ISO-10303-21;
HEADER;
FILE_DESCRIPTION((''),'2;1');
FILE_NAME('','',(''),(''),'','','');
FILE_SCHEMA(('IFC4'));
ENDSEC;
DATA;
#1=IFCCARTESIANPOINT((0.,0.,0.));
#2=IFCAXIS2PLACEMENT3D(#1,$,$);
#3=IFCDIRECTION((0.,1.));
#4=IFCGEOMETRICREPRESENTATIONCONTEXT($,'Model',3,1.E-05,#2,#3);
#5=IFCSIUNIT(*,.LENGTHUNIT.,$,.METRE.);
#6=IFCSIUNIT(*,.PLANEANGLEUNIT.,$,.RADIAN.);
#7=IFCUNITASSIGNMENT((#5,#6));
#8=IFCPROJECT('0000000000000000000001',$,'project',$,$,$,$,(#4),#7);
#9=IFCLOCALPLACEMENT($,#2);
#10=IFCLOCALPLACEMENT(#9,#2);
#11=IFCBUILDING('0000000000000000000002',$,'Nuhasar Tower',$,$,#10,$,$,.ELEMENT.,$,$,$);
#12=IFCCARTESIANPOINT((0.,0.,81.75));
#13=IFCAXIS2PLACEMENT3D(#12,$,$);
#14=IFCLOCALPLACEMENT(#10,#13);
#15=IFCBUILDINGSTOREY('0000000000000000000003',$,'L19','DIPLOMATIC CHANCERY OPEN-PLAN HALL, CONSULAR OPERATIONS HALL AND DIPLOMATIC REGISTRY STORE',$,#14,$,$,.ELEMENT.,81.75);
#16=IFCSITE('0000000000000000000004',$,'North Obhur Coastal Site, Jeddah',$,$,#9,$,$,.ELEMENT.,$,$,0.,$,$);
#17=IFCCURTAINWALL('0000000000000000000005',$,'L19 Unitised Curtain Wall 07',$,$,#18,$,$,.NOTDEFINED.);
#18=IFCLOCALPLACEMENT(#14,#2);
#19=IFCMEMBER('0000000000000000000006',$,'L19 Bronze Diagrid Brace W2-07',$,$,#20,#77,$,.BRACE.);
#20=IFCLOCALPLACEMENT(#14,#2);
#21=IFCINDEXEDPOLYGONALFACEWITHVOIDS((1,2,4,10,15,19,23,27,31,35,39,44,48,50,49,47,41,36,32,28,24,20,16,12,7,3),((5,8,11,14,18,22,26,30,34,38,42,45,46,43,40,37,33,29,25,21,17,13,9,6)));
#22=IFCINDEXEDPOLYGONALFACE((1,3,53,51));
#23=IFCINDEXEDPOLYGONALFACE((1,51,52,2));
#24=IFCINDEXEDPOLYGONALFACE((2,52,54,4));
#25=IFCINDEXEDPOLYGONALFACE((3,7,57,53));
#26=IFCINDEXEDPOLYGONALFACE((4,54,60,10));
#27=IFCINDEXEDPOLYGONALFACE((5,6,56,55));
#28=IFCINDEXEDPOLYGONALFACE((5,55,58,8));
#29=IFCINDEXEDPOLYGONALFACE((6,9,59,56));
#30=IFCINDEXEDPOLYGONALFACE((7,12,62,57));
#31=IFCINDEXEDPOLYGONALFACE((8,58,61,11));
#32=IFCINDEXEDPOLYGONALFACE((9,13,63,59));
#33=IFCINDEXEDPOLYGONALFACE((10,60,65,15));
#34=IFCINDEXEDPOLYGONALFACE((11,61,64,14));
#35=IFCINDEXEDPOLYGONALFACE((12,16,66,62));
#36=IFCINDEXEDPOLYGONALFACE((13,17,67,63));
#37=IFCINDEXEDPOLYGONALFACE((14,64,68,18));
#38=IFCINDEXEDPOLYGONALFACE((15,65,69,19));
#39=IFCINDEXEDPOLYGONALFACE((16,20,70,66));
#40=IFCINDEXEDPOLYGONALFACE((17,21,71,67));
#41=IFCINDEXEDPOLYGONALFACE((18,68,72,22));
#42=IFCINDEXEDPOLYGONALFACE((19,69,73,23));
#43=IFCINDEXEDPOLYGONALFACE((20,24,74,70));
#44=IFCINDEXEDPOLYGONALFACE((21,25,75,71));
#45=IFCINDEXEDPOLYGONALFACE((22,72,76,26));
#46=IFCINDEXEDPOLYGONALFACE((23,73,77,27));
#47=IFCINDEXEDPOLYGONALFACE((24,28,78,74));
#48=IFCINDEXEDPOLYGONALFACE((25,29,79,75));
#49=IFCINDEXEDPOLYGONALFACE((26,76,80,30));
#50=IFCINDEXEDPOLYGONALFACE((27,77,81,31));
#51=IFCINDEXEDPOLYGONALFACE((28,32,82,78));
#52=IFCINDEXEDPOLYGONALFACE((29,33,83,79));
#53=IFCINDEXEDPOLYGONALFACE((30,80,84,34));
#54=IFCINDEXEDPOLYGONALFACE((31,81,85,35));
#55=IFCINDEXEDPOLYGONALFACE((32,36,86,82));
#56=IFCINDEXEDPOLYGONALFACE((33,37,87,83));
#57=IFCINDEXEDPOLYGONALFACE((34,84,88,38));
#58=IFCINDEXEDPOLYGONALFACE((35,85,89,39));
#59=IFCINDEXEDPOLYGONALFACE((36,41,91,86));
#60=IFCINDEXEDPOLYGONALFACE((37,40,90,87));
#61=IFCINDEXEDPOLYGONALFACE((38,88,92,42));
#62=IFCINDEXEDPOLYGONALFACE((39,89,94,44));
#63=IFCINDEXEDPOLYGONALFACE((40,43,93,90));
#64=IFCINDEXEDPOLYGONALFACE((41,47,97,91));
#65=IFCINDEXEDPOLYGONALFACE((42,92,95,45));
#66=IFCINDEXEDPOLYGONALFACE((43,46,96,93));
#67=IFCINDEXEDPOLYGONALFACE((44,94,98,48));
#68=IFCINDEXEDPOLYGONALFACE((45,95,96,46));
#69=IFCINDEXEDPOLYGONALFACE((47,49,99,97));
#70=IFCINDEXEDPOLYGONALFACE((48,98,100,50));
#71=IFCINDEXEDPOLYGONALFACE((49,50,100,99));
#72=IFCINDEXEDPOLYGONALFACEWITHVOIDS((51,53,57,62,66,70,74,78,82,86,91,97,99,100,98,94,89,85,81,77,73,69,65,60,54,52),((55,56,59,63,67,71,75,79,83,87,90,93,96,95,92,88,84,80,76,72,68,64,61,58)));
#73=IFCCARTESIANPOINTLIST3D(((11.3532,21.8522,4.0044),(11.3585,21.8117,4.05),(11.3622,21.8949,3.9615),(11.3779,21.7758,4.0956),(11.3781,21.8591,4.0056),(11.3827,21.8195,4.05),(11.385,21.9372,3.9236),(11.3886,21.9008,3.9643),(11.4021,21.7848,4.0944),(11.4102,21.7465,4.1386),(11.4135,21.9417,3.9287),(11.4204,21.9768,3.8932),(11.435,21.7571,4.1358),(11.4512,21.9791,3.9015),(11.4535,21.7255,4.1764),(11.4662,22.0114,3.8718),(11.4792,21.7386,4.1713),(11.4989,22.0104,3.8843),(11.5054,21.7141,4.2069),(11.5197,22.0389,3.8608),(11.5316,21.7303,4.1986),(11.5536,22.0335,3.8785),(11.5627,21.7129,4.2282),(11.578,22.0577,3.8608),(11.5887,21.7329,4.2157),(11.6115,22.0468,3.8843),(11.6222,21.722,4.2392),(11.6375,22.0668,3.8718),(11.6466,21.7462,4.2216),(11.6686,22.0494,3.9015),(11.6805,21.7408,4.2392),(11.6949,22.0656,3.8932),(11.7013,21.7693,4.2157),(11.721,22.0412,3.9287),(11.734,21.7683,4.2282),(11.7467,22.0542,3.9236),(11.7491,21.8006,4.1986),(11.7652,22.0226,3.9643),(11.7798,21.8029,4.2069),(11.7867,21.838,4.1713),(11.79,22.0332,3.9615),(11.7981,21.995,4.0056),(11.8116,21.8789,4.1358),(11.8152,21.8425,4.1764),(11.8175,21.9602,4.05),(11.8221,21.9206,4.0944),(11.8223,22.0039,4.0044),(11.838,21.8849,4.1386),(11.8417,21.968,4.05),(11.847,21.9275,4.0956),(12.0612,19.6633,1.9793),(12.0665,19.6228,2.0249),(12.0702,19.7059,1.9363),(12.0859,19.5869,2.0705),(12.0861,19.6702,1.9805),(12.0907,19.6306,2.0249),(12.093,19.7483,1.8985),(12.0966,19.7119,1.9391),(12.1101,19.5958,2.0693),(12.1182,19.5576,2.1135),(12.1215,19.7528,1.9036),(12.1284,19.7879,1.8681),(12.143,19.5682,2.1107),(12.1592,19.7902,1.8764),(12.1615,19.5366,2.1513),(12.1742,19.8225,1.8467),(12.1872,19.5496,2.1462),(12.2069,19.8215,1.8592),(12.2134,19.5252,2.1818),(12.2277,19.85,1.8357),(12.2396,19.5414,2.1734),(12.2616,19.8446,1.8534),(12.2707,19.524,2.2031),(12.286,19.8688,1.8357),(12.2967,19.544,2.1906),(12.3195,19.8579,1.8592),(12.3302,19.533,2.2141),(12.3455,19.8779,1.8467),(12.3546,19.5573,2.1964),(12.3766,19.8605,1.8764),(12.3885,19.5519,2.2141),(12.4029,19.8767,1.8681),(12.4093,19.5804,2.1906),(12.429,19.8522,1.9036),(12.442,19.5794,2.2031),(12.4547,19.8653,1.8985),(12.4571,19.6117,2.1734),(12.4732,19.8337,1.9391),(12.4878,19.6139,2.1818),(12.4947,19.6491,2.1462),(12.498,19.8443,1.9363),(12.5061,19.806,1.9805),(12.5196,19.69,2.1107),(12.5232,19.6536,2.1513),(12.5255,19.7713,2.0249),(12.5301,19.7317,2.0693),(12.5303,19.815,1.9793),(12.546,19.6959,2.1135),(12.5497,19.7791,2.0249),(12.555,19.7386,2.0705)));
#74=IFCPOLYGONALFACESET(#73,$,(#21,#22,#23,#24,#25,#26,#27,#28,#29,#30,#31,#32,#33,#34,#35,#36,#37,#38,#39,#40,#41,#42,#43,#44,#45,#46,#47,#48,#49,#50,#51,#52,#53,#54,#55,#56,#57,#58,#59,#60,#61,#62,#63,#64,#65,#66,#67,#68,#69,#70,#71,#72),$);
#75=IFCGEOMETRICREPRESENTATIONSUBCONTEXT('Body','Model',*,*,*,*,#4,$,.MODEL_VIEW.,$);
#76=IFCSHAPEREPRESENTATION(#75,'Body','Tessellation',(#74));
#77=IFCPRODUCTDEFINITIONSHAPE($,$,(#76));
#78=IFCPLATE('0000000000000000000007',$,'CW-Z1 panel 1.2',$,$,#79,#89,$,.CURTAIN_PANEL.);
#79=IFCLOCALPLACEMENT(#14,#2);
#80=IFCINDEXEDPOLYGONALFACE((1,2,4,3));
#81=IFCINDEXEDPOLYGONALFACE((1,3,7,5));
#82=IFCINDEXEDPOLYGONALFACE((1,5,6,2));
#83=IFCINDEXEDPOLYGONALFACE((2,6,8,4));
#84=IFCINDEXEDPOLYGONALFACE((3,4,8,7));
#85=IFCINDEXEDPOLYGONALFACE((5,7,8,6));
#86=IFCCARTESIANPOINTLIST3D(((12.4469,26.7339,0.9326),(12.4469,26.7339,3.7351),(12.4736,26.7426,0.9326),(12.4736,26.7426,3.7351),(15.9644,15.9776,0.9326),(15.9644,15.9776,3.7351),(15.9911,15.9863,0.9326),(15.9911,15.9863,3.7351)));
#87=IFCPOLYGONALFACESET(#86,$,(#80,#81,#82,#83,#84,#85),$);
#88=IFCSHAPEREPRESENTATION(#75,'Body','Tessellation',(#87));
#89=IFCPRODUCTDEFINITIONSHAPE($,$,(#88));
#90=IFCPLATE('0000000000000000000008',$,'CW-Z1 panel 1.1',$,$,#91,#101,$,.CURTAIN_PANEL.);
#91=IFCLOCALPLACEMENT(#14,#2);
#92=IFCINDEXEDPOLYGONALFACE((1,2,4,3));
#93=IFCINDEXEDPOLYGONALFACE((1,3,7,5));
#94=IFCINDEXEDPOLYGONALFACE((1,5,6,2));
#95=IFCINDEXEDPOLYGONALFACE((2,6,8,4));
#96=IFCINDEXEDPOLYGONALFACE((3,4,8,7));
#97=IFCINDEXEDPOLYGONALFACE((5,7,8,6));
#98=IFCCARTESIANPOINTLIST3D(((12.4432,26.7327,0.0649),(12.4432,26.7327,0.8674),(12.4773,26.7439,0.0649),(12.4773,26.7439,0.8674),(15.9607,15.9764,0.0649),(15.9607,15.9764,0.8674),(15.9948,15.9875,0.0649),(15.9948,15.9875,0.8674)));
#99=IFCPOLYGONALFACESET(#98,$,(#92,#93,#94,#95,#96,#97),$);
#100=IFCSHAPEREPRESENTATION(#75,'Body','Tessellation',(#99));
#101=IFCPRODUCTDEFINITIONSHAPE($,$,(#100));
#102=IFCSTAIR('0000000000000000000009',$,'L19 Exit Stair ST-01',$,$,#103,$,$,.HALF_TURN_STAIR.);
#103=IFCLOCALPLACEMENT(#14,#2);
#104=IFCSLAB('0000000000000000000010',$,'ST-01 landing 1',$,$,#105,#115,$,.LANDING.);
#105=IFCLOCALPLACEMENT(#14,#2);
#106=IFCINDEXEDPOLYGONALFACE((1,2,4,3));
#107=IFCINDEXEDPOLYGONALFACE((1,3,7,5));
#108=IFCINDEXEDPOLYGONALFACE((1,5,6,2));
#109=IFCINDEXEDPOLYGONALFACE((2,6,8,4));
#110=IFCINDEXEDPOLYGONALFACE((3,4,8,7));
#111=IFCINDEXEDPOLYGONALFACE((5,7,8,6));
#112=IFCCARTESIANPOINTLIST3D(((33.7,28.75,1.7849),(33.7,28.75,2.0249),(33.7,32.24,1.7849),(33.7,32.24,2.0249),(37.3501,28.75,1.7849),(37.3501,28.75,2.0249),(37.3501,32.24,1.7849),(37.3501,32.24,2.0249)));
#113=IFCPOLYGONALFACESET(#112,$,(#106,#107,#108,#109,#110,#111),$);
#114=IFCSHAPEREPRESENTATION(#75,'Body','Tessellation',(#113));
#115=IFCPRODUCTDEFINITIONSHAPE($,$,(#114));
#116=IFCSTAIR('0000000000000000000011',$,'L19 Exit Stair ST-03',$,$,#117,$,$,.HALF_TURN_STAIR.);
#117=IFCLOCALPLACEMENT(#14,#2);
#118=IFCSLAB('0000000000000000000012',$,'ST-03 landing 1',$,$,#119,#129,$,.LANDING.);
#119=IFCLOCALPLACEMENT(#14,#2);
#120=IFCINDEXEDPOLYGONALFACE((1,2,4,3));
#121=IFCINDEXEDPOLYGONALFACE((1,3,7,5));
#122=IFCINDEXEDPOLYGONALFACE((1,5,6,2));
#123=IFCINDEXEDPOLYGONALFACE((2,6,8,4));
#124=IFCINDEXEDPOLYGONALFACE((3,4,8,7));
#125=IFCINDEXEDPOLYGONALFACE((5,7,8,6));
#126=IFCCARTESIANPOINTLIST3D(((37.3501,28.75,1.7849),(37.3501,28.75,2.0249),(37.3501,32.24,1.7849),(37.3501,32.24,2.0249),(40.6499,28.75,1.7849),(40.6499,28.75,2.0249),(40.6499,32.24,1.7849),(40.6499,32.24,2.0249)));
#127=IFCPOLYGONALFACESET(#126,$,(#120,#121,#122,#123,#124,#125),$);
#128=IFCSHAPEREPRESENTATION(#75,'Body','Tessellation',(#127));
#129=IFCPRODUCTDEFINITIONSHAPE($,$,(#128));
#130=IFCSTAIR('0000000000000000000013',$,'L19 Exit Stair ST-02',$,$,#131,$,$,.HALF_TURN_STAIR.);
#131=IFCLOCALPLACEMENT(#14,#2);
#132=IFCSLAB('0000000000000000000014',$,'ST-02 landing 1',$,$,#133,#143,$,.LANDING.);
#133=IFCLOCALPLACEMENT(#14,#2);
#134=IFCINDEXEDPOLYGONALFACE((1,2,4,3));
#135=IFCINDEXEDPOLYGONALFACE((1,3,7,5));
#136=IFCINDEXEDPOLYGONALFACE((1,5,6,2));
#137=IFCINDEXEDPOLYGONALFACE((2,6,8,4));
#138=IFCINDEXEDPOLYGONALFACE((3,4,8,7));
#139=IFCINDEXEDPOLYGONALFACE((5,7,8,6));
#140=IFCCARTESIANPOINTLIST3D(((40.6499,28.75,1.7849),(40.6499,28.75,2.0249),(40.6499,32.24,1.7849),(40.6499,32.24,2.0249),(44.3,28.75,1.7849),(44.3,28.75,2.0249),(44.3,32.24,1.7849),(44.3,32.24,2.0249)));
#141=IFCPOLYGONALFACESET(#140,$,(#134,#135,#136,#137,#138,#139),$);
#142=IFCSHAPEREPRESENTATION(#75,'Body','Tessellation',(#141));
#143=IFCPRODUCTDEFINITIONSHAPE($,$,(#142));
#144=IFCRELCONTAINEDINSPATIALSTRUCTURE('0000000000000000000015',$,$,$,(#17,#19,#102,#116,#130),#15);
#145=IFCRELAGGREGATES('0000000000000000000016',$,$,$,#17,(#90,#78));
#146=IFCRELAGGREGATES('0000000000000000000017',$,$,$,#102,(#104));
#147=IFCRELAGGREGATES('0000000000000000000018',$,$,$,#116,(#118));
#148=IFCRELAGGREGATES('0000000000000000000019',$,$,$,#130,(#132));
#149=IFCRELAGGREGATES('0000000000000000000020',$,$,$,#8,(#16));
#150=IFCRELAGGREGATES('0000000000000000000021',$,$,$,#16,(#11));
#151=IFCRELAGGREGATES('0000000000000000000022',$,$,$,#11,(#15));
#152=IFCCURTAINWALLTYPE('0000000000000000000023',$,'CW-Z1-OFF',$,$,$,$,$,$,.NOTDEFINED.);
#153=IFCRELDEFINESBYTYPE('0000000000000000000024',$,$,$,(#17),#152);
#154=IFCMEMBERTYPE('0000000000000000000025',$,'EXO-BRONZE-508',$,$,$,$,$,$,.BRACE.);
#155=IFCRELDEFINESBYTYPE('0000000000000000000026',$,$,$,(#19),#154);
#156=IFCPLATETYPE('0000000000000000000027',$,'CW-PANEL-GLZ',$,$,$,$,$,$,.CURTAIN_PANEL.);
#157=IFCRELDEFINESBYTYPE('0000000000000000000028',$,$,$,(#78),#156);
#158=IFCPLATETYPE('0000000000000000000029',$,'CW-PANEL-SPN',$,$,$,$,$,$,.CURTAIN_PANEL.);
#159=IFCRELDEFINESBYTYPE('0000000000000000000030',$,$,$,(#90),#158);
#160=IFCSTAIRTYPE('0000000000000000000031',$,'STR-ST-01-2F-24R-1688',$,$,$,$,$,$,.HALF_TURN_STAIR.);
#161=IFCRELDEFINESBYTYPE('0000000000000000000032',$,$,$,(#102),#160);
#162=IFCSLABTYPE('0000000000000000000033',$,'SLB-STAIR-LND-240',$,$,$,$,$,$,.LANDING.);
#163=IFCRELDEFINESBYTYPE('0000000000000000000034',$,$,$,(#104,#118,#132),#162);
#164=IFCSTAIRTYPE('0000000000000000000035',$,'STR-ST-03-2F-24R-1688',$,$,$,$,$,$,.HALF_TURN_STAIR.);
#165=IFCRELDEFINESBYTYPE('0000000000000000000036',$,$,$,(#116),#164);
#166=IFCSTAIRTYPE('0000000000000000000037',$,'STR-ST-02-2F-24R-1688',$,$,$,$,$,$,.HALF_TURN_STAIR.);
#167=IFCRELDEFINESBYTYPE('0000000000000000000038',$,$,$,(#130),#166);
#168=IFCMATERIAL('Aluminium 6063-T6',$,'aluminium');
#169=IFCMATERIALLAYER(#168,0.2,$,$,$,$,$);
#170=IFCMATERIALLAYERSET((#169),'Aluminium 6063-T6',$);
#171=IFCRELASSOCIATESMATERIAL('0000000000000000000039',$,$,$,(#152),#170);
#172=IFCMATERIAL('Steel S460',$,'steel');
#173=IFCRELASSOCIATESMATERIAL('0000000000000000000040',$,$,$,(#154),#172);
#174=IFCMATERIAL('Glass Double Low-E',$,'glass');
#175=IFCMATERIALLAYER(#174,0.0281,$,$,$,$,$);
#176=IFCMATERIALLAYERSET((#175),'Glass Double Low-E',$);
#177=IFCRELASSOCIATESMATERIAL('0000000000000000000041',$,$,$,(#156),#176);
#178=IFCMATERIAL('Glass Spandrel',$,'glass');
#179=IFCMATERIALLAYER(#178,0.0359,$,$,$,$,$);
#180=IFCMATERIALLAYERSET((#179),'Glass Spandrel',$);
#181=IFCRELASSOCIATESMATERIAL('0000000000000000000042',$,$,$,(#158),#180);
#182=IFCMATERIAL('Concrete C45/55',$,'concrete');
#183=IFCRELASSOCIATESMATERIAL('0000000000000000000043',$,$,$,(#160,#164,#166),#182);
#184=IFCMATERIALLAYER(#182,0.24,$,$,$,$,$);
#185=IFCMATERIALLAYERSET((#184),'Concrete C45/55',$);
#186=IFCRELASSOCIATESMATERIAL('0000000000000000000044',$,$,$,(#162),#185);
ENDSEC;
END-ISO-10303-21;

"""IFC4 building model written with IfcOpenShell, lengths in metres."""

from ifc_helpers import new_model, si_unit, direction, frame, origin, origin_2d, place, context, subcontext, project, spatial, polyline, rectangle, hollow_circle, outline, extrude, material, layer, layer_set, material_profile, profile_set, type_object, element, aggregate, save


model = new_model("IFC4")

# Units and contexts
model_context = context("Model", 3, precision=1e-05, world=origin(), true_north=direction((0.0, 1.0)))
body_context = subcontext(model_context, "Body", "Model", "MODEL_VIEW")
ifc_project = project(units=[si_unit("LENGTHUNIT", "METRE"), si_unit("PLANEANGLEUNIT", "RADIAN")], contexts=[model_context])

# Site, building, storey
site_placement = place(None, origin())
site = spatial("IfcSite", under=ifc_project, at=site_placement, Name="North Obhur Coastal Site, Jeddah", CompositionType="ELEMENT", RefElevation=0.0)
building_placement = place(site_placement, origin())
building = spatial("IfcBuilding", under=site, at=building_placement, Name="Nuhasar Tower", CompositionType="ELEMENT")
storey_placement = place(building_placement, frame((0.0, 0.0, 81.75)))
storey = spatial("IfcBuildingStorey", under=building, at=storey_placement, Name="L19", Description="DIPLOMATIC CHANCERY OPEN-PLAN HALL, CONSULAR OPERATIONS HALL AND DIPLOMATIC REGISTRY STORE", CompositionType="ELEMENT", Elevation=81.75)

# Curtain wall
ifc_material_1 = material(Name="Aluminium 6063-T6", Category="aluminium")
ifc_layer_1 = layer(ifc_material_1, 0.2)
ifc_layer_set_1 = layer_set([ifc_layer_1], Name="Aluminium 6063-T6")
curtain_wall_type = type_object("IfcCurtainWallType", Name="CW-Z1-OFF", PredefinedType="NOTDEFINED", material=ifc_layer_set_1)
curtain_wall_1_placement = place(storey_placement, origin())
curtain_wall_1 = element("IfcCurtainWall", 1, at=curtain_wall_1_placement, inside=storey, type_object=curtain_wall_type, Name="L19 Unitised Curtain Wall 07", PredefinedType="NOTDEFINED")

# Member
ifc_material_2 = material(Name="Steel S460", Category="steel")
ifc_material_profile_1 = material_profile(ifc_material_2, hollow_circle(Radius=0.2539, WallThickness=0.0254, at=origin_2d()), Name="HSS508X25.4")
ifc_profile_set_1 = profile_set([ifc_material_profile_1], Name="Steel S460")
member_type_1 = type_object("IfcMemberType", Name="EXO-BRONZE-508", PredefinedType="BRACE", material=ifc_profile_set_1)
member_1_placement = place(storey_placement, frame((12.3081, 19.7009, 2.0249), z_axis=(-0.231, 0.714187, 0.660739), x_axis=(-0.951468, -0.307747, 0.0)))
element("IfcMember", 2, at=member_1_placement, inside=storey, type_object=member_type_1, Name="L19 Bronze Diagrid Brace W2-07", PredefinedType="BRACE", context=body_context, shape_type="SweptSolid", body=[
    extrude(hollow_circle(Radius=0.2539, WallThickness=0.0254, at=origin_2d()), origin(), (0.0, 0.0, 1.0), 3.0649),
])

# Plates
ifc_material_3 = material(Name="Glass Double Low-E", Category="glass")
ifc_layer_2 = layer(ifc_material_3, 0.0281)
ifc_layer_set_2 = layer_set([ifc_layer_2], Name="Glass Double Low-E")
plate_type_1 = type_object("IfcPlateType", Name="CW-PANEL-GLZ", PredefinedType="CURTAIN_PANEL", material=ifc_layer_set_2)
plate_1_placement = place(storey_placement, frame((14.219, 21.3601, 0.9326), z_axis=(0.0, 0.0, 1.0), x_axis=(0.310824, -0.950468, 0.0)))
plate_1 = element("IfcPlate", 3, at=plate_1_placement, type_object=plate_type_1, Name="CW-Z1 panel 1.2", PredefinedType="CURTAIN_PANEL", context=body_context, shape_type="SweptSolid", body=[
    extrude(rectangle(XDim=11.3169, YDim=0.0281, at=origin_2d()), origin(), (0.0, 0.0, 1.0), 2.8025),
])
ifc_material_4 = material(Name="Glass Spandrel", Category="glass")
ifc_layer_3 = layer(ifc_material_4, 0.0359)
ifc_layer_set_3 = layer_set([ifc_layer_3], Name="Glass Spandrel")
plate_type_2 = type_object("IfcPlateType", Name="CW-PANEL-SPN", PredefinedType="CURTAIN_PANEL", material=ifc_layer_set_3)
plate_2_placement = place(storey_placement, frame((14.219, 21.3601, 0.0649), z_axis=(0.0, 0.0, 1.0), x_axis=(0.310824, -0.950468, 0.0)))
plate_2 = element("IfcPlate", 4, at=plate_2_placement, type_object=plate_type_2, Name="CW-Z1 panel 1.1", PredefinedType="CURTAIN_PANEL", context=body_context, shape_type="SweptSolid", body=[
    extrude(rectangle(XDim=11.3169, YDim=0.0359, at=origin_2d()), origin(), (0.0, 0.0, 1.0), 0.8025),
])
aggregate(curtain_wall_1, [plate_2, plate_1])

# Stairs, slabs
ifc_material_5 = material(Name="Concrete C45/55", Category="concrete")
stair_type_1 = type_object("IfcStairType", Name="STR-ST-01-2F-24R-1688", PredefinedType="HALF_TURN_STAIR", material=ifc_material_5)
stair_1_placement = place(storey_placement, origin())
stair_1 = element("IfcStair", 5, at=stair_1_placement, inside=storey, type_object=stair_type_1, Name="L19 Exit Stair ST-01", PredefinedType="HALF_TURN_STAIR")
ifc_layer_4 = layer(ifc_material_5, 0.24)
ifc_layer_set_4 = layer_set([ifc_layer_4], Name="Concrete C45/55")
slab_type_1 = type_object("IfcSlabType", Name="SLB-STAIR-LND-240", PredefinedType="LANDING", material=ifc_layer_set_4)
slab_1_placement = place(storey_placement, frame((0.0, 0.0, 1.7849)))
slab_1 = element("IfcSlab", 6, at=slab_1_placement, type_object=slab_type_1, Name="ST-01 landing 1", PredefinedType="LANDING", context=body_context, shape_type="SweptSolid", body=[
    extrude(outline(polyline([(33.7, 28.75), (37.3501, 28.75), (37.3501, 32.24), (33.7, 32.24), (33.7, 28.75)])), origin(), (0.0, 0.0, 1.0), 0.24),
])
aggregate(stair_1, [slab_1])
stair_type_2 = type_object("IfcStairType", Name="STR-ST-03-2F-24R-1688", PredefinedType="HALF_TURN_STAIR", material=ifc_material_5)
stair_2_placement = place(storey_placement, origin())
stair_2 = element("IfcStair", 7, at=stair_2_placement, inside=storey, type_object=stair_type_2, Name="L19 Exit Stair ST-03", PredefinedType="HALF_TURN_STAIR")
slab_2_placement = place(storey_placement, frame((0.0, 0.0, 1.7849)))
slab_2 = element("IfcSlab", 8, at=slab_2_placement, type_object=slab_type_1, Name="ST-03 landing 1", PredefinedType="LANDING", context=body_context, shape_type="SweptSolid", body=[
    extrude(outline(polyline([(37.3501, 28.75), (40.6499, 28.75), (40.6499, 32.24), (37.3501, 32.24), (37.3501, 28.75)])), origin(), (0.0, 0.0, 1.0), 0.24),
])
aggregate(stair_2, [slab_2])
stair_type_3 = type_object("IfcStairType", Name="STR-ST-02-2F-24R-1688", PredefinedType="HALF_TURN_STAIR", material=ifc_material_5)
stair_3_placement = place(storey_placement, origin())
stair_3 = element("IfcStair", 9, at=stair_3_placement, inside=storey, type_object=stair_type_3, Name="L19 Exit Stair ST-02", PredefinedType="HALF_TURN_STAIR")
slab_3_placement = place(storey_placement, frame((0.0, 0.0, 1.7849)))
slab_3 = element("IfcSlab", 10, at=slab_3_placement, type_object=slab_type_1, Name="ST-02 landing 1", PredefinedType="LANDING", context=body_context, shape_type="SweptSolid", body=[
    extrude(outline(polyline([(40.6499, 28.75), (44.3, 28.75), (44.3, 32.24), (40.6499, 32.24), (40.6499, 28.75)])), origin(), (0.0, 0.0, 1.0), 0.24),
])
aggregate(stair_3, [slab_3])

save(model, "model.ifc")
